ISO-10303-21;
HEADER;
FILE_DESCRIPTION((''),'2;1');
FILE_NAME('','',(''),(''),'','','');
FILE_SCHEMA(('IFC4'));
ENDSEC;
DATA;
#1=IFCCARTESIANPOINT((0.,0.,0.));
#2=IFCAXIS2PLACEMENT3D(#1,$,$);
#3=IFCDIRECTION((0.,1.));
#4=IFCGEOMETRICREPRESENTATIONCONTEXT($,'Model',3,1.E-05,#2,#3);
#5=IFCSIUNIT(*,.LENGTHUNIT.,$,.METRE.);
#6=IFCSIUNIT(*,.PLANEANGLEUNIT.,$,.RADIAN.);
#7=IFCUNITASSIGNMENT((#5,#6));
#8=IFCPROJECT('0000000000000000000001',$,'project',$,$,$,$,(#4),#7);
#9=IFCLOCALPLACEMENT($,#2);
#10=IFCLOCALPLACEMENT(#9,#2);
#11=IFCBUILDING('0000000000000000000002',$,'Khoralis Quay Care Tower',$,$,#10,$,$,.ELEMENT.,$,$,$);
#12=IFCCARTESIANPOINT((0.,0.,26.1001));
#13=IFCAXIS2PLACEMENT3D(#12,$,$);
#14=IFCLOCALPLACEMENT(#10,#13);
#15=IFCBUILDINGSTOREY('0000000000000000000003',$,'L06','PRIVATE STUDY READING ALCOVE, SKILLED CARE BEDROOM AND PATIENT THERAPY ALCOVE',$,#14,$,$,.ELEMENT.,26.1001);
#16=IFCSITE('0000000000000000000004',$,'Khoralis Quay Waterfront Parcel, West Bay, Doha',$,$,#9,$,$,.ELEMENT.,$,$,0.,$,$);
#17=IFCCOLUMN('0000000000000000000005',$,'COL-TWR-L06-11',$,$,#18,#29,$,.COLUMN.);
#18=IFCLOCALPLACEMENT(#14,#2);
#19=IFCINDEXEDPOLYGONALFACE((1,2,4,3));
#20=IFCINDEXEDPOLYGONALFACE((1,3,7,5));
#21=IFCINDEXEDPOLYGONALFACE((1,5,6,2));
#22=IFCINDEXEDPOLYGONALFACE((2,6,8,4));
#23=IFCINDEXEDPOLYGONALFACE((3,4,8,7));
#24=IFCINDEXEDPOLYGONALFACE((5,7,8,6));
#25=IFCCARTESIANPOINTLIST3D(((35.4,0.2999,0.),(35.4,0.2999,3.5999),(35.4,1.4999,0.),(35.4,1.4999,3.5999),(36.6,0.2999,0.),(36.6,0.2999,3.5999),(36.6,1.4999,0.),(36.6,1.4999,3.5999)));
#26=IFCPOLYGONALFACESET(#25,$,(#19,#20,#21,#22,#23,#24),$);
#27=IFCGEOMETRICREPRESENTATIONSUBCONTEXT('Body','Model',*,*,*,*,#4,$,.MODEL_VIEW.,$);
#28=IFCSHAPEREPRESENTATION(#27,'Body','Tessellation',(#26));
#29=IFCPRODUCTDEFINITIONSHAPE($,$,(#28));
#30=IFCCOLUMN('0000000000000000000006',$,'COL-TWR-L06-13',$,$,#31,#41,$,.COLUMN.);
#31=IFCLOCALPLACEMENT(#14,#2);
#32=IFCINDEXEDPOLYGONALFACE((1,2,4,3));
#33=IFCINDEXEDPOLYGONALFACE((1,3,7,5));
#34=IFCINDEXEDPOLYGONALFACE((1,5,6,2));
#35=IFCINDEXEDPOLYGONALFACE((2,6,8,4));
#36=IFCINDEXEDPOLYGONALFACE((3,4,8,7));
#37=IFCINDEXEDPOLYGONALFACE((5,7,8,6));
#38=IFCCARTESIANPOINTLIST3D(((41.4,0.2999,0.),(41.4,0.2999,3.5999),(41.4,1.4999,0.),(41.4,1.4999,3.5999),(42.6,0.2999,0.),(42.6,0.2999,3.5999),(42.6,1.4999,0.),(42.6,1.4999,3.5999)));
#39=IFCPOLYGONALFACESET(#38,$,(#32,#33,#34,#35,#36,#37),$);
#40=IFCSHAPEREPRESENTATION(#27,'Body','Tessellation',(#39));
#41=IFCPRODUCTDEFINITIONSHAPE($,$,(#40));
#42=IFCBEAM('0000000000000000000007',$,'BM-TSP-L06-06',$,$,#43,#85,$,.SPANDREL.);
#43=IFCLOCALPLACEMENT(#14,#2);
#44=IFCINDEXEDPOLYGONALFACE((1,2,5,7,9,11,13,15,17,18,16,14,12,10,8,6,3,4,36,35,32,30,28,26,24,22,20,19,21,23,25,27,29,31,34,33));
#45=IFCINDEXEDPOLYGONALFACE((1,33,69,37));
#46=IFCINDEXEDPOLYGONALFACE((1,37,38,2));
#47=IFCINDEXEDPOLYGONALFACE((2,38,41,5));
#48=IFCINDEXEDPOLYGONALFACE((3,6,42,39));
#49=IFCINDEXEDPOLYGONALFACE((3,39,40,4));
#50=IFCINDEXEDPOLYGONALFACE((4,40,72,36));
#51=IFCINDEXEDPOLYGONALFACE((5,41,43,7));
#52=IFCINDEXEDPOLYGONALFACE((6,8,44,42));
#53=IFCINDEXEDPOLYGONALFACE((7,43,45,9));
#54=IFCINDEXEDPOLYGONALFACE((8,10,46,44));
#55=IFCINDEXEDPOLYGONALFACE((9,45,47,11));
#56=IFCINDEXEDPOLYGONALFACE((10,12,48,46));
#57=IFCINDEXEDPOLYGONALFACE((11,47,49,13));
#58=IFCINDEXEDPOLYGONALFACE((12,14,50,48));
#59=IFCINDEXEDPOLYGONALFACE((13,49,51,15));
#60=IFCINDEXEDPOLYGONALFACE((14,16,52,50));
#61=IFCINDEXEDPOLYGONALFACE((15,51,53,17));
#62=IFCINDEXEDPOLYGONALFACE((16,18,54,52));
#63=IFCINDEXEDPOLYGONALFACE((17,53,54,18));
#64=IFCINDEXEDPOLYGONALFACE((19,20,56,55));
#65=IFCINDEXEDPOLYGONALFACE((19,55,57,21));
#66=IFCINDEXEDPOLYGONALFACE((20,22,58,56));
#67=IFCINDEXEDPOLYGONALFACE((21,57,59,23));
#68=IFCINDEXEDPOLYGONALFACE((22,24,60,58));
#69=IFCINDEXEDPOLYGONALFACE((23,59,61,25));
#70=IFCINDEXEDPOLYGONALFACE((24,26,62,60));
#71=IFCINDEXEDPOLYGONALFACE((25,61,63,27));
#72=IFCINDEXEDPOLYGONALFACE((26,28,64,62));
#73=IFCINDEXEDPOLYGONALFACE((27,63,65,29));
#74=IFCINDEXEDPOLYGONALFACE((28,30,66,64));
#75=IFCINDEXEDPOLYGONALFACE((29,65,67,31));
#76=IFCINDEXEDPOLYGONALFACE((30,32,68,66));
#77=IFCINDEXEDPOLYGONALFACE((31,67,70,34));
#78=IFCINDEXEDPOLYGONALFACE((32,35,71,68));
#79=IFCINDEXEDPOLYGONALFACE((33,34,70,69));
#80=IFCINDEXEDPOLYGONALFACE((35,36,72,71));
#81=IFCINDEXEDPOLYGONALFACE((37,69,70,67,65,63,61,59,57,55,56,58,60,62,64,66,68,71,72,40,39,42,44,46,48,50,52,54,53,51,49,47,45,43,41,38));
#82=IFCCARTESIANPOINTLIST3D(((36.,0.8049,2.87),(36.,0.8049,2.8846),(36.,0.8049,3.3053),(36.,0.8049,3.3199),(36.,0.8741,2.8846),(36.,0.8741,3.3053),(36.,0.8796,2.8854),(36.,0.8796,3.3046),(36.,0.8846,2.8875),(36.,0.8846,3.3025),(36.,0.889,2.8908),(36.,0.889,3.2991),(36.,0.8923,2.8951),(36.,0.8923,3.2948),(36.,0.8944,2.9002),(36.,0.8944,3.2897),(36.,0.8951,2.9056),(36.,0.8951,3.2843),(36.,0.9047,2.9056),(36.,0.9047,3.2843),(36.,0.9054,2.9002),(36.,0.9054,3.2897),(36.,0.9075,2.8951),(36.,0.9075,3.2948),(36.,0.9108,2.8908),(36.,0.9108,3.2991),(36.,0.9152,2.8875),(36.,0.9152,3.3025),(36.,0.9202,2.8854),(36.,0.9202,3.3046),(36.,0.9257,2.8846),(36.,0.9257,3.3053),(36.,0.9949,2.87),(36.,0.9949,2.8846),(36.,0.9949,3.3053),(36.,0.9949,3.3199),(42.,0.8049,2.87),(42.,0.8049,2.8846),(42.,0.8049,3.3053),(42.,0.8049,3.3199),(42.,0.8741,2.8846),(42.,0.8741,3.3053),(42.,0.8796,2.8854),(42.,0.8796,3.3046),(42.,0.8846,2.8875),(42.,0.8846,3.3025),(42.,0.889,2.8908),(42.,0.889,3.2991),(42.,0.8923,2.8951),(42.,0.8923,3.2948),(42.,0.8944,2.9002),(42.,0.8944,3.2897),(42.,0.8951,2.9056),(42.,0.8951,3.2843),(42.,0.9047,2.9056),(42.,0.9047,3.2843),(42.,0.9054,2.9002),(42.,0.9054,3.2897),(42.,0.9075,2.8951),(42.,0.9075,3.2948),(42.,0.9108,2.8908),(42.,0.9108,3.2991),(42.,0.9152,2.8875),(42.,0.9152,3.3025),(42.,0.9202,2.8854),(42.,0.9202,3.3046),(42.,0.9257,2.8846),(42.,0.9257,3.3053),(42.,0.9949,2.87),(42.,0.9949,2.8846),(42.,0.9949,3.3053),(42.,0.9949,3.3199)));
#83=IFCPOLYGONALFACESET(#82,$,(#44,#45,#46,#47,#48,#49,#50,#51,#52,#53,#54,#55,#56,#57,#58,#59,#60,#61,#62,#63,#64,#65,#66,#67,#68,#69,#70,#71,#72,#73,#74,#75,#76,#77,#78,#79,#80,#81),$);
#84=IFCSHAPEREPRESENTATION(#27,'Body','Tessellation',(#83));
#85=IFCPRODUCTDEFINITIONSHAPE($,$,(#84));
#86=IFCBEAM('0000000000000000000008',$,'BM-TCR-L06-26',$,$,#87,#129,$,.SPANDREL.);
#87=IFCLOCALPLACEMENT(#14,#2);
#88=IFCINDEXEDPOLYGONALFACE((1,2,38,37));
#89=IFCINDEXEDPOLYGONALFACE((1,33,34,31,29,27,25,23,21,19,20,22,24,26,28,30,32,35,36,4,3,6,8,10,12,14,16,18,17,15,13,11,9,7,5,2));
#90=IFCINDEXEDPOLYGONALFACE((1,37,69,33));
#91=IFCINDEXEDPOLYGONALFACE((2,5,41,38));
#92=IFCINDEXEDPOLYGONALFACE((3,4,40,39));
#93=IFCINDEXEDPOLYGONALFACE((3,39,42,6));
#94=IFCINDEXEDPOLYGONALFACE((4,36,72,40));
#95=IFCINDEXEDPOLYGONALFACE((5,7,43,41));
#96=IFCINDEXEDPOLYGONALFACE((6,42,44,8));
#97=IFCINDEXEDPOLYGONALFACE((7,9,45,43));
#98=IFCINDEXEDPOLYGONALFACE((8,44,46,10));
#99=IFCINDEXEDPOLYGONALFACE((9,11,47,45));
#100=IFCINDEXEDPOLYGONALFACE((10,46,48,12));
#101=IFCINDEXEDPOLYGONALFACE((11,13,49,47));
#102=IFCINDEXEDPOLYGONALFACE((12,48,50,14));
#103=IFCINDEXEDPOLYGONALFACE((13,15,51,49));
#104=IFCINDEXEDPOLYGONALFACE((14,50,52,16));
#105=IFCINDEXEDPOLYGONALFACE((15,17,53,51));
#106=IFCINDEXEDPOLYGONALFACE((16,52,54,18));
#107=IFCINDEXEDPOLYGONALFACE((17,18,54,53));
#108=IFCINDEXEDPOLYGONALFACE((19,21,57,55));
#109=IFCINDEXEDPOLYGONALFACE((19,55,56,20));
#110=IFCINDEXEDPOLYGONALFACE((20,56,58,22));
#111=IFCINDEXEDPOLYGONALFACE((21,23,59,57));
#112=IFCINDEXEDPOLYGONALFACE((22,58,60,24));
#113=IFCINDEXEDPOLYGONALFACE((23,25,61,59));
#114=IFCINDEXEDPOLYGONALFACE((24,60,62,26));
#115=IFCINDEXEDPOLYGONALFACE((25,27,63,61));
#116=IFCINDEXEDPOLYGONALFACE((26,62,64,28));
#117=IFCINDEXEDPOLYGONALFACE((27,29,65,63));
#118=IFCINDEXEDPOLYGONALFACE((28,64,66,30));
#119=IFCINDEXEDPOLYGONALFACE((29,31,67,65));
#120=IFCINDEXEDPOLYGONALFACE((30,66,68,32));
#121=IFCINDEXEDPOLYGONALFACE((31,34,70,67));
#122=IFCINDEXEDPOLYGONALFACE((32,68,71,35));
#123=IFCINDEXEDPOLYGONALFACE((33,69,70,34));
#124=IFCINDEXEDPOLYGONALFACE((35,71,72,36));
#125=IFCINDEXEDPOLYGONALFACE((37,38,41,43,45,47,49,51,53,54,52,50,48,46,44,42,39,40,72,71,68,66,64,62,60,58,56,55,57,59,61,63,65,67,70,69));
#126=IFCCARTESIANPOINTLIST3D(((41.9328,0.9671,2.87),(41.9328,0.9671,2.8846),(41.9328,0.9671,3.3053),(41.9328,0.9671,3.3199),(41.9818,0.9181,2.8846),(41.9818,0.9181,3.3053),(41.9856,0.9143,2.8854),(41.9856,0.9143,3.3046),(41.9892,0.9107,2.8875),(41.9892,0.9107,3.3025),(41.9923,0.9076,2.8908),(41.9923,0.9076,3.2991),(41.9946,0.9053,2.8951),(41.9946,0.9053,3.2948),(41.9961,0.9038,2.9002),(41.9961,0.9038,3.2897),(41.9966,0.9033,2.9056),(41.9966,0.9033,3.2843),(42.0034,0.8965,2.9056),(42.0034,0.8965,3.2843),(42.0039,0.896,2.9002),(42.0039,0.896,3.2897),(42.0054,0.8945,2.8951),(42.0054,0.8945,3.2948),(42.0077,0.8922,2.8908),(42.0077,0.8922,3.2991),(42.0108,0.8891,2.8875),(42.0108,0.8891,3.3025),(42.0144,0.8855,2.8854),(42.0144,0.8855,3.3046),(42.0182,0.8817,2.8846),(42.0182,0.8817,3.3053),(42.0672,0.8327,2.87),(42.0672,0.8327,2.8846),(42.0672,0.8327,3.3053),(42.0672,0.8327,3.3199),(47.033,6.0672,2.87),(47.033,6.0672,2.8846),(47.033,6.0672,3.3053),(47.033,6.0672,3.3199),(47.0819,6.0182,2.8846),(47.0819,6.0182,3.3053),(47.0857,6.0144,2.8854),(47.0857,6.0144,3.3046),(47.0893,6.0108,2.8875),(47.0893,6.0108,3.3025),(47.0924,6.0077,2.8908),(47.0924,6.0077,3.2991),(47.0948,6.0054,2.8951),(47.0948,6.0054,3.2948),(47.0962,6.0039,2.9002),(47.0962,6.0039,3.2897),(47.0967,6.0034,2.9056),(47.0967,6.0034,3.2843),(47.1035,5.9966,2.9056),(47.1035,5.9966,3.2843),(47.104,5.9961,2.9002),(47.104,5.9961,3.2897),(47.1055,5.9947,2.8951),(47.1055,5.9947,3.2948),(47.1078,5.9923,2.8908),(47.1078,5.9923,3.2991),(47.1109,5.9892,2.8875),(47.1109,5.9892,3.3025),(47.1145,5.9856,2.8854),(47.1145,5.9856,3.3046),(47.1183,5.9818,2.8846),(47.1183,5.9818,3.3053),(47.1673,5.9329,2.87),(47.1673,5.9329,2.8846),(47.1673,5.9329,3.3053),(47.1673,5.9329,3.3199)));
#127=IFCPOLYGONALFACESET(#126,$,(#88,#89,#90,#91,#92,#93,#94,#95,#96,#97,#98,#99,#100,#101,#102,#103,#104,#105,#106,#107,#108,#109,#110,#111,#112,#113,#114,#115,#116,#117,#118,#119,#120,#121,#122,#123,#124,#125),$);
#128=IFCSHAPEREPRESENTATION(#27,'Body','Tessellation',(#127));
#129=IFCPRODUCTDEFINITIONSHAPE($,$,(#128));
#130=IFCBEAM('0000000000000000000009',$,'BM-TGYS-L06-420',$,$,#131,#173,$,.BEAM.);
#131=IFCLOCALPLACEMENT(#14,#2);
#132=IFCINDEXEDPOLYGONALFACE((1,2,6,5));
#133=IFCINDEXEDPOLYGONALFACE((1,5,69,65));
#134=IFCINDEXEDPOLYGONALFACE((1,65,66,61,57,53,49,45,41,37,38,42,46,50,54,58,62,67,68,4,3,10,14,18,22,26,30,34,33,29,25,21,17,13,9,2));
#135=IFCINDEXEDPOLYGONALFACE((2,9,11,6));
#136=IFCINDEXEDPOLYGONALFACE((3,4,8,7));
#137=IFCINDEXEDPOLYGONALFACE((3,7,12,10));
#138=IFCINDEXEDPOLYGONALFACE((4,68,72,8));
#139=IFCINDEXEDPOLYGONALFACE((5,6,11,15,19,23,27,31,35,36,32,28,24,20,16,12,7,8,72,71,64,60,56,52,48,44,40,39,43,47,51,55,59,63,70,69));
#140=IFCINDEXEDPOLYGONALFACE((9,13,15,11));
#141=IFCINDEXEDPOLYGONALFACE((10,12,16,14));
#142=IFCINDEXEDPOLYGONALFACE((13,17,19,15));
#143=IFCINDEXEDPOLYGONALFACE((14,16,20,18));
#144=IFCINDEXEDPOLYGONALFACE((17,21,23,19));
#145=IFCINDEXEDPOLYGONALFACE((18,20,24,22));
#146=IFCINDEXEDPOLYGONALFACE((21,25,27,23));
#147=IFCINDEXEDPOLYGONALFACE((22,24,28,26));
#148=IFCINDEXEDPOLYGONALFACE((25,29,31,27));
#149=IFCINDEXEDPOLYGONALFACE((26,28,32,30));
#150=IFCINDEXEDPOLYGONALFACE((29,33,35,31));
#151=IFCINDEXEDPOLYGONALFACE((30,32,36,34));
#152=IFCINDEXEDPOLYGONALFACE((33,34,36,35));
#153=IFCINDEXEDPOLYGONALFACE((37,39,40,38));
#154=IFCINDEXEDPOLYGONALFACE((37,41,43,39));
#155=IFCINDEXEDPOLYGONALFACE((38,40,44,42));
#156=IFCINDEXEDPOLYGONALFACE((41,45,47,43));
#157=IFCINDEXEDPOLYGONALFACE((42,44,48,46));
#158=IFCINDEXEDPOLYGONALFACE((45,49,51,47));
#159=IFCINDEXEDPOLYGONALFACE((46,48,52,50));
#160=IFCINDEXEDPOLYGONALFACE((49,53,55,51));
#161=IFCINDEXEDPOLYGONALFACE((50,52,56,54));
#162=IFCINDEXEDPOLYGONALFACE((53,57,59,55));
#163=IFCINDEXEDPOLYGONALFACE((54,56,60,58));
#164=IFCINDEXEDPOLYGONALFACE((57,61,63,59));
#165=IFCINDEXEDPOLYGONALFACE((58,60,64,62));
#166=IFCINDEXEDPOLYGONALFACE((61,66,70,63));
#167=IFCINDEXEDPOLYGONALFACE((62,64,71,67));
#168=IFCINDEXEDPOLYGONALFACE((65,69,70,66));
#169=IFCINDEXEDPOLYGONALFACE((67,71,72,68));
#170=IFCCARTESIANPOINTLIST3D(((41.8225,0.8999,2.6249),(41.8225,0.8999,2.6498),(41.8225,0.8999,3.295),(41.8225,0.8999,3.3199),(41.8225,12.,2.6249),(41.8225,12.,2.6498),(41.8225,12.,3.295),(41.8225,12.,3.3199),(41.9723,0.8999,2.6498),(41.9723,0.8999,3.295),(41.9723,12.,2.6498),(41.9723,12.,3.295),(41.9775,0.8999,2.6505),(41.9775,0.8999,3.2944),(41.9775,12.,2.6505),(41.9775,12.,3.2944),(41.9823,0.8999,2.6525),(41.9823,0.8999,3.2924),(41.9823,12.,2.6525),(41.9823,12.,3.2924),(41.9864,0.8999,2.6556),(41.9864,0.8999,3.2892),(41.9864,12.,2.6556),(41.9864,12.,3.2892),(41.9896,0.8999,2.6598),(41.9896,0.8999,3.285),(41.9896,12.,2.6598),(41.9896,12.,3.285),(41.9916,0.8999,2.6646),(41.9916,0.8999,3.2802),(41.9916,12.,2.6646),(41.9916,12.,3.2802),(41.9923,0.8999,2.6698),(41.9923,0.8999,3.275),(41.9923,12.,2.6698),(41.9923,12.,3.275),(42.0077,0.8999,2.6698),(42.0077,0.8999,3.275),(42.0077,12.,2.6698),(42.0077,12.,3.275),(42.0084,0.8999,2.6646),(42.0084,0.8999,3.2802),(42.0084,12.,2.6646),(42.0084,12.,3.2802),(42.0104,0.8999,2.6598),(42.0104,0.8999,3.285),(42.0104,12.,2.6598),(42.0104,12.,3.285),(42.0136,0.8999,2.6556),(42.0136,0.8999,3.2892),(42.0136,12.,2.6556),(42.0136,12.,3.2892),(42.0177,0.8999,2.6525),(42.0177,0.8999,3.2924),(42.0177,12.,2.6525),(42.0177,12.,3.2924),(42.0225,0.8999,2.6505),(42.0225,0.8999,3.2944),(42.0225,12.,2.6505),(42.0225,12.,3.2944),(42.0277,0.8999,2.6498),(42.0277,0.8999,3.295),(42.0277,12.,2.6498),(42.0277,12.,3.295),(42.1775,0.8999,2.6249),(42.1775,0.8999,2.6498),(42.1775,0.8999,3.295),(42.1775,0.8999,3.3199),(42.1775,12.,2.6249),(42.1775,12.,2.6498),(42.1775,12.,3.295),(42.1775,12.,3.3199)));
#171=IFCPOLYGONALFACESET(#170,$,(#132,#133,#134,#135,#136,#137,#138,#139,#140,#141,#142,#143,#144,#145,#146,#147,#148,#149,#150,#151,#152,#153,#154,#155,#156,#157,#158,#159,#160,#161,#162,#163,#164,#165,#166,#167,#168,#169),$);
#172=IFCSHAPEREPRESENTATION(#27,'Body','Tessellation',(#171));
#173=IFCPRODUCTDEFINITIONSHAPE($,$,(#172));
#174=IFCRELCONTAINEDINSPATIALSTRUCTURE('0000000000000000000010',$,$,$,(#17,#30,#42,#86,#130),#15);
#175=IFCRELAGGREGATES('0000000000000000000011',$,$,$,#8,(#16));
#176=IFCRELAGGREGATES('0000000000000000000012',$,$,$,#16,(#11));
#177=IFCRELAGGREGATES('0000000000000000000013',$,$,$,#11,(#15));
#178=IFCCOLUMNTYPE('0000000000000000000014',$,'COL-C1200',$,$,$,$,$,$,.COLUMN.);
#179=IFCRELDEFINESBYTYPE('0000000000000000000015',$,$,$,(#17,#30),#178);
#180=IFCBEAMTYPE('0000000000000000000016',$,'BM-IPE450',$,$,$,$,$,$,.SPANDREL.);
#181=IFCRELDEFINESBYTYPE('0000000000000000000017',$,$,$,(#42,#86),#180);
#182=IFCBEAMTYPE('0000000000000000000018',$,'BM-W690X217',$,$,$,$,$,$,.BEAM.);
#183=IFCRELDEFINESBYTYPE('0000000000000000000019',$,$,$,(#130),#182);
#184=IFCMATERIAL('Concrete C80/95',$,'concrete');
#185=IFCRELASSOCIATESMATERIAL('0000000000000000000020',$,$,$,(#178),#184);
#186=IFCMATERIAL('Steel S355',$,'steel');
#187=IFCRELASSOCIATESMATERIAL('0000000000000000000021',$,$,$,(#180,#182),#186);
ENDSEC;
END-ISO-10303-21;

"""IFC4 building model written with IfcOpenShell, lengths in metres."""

from ifc_helpers import new_model, si_unit, direction, frame, origin, origin_2d, place, context, subcontext, project, spatial, rectangle, i_section, extrude, source, transform, mapped, material, material_profile, profile_set, type_object, element, save


model = new_model("IFC4")

# Units and contexts
model_context = context("Model", 3, precision=1e-05, world=origin(), true_north=direction((0.0, 1.0)))
body_context = subcontext(model_context, "Body", "Model", "MODEL_VIEW")
ifc_project = project(units=[si_unit("LENGTHUNIT", "METRE"), si_unit("PLANEANGLEUNIT", "RADIAN")], contexts=[model_context])

# Site, building, storey
site_placement = place(None, origin())
site = spatial("IfcSite", under=ifc_project, at=site_placement, Name="Khoralis Quay Waterfront Parcel, West Bay, Doha", CompositionType="ELEMENT", RefElevation=0.0)
building_placement = place(site_placement, origin())
building = spatial("IfcBuilding", under=site, at=building_placement, Name="Khoralis Quay Care Tower", CompositionType="ELEMENT")
storey_placement = place(building_placement, frame((0.0, 0.0, 26.1001)))
storey = spatial("IfcBuildingStorey", under=building, at=storey_placement, Name="L06", Description="PRIVATE STUDY READING ALCOVE, SKILLED CARE BEDROOM AND PATIENT THERAPY ALCOVE", CompositionType="ELEMENT", Elevation=26.1001)

# Columns
ifc_material_1 = material(Name="Concrete C80/95", Category="concrete")
ifc_material_profile_1 = material_profile(ifc_material_1, rectangle(XDim=1.2, YDim=1.2, at=origin_2d()), Name="Concrete C80/95")
ifc_profile_set_1 = profile_set([ifc_material_profile_1], Name="Concrete C80/95")
column_type = type_object("IfcColumnType", Name="COL-C1200", PredefinedType="COLUMN", material=ifc_profile_set_1)
shared_shape_1 = source(origin(), body_context, "Body", "SweptSolid", [
    extrude(rectangle(XDim=1.2, YDim=1.2, at=origin_2d()), origin(), (0.0, 0.0, 1.0), 3.5999),
])
for number, where, z_axis, x_axis, name in (
    (1, (36.0, 0.8999, 0.0), (0.0, 0.0, 1.0), (1.0, 0.0, 0.0), "COL-TWR-L06-11"),
    (2, (42.0, 0.8999, 0.0), (0.0, 0.0, 1.0), (1.0, 0.0, 0.0), "COL-TWR-L06-13"),
):
    element("IfcColumn", number, at=place(storey_placement, frame(where, z_axis=z_axis, x_axis=x_axis)), inside=storey, type_object=column_type, Name=name, PredefinedType="COLUMN", context=body_context, shape_type="MappedRepresentation", body=[
        mapped(shared_shape_1, transform((0.0, 0.0, 0.0), scale=1.0)),
    ])

# Beams
ifc_material_2 = material(Name="Steel S355", Category="steel")
ifc_material_profile_2 = material_profile(ifc_material_2, i_section(OverallWidth=0.1899, OverallDepth=0.45, WebThickness=0.0095, FlangeThickness=0.0146, FilletRadius=0.021, at=origin_2d()), Name="Steel S355")
ifc_profile_set_2 = profile_set([ifc_material_profile_2], Name="Steel S355")
beam_type_1 = type_object("IfcBeamType", Name="BM-IPE450", PredefinedType="SPANDREL", material=ifc_profile_set_2)
shared_shape_2 = source(origin(), body_context, "Body", "SweptSolid", [
    extrude(i_section(OverallWidth=0.1899, OverallDepth=0.45, WebThickness=0.0095, FlangeThickness=0.0146, FilletRadius=0.021, at=origin_2d()), origin(), (0.0, 0.0, 1.0), 6.0),
])
beam_1_placement = place(storey_placement, frame((36.0, 0.8999, 3.095), z_axis=(1.0, 0.0, 0.0), x_axis=(0.0, 1.0, 0.0)))
element("IfcBeam", 3, at=beam_1_placement, inside=storey, type_object=beam_type_1, Name="BM-TSP-L06-06", PredefinedType="SPANDREL", context=body_context, shape_type="MappedRepresentation", body=[
    mapped(shared_shape_2, transform((0.0, 0.0, 0.0), scale=1.0)),
])
shared_shape_3 = source(origin(), body_context, "Body", "SweptSolid", [
    extrude(i_section(OverallWidth=0.1899, OverallDepth=0.45, WebThickness=0.0095, FlangeThickness=0.0146, FilletRadius=0.021, at=origin_2d()), origin(), (0.0, 0.0, 1.0), 7.2126),
])
beam_2_placement = place(storey_placement, frame((42.0, 0.8999, 3.095), z_axis=(0.707107, 0.707107, 0.0), x_axis=(-0.707107, 0.707107, 0.0)))
element("IfcBeam", 4, at=beam_2_placement, inside=storey, type_object=beam_type_1, Name="BM-TCR-L06-26", PredefinedType="SPANDREL", context=body_context, shape_type="MappedRepresentation", body=[
    mapped(shared_shape_3, transform((0.0, 0.0, 0.0), scale=1.0)),
])
ifc_material_profile_3 = material_profile(ifc_material_2, i_section(OverallWidth=0.355, OverallDepth=0.6951, WebThickness=0.0154, FlangeThickness=0.0249, FilletRadius=0.02, at=origin_2d()), Name="Steel S355")
ifc_profile_set_3 = profile_set([ifc_material_profile_3], Name="Steel S355")
beam_type_2 = type_object("IfcBeamType", Name="BM-W690X217", PredefinedType="BEAM", material=ifc_profile_set_3)
shared_shape_4 = source(origin(), body_context, "Body", "SweptSolid", [
    extrude(i_section(OverallWidth=0.355, OverallDepth=0.6951, WebThickness=0.0154, FlangeThickness=0.0249, FilletRadius=0.02, at=origin_2d()), origin(), (0.0, 0.0, 1.0), 11.1001),
])
beam_3_placement = place(storey_placement, frame((42.0, 0.8999, 2.9724), z_axis=(0.0, 1.0, 0.0), x_axis=(-1.0, 0.0, 0.0)))
element("IfcBeam", 5, at=beam_3_placement, inside=storey, type_object=beam_type_2, Name="BM-TGYS-L06-420", PredefinedType="BEAM", context=body_context, shape_type="MappedRepresentation", body=[
    mapped(shared_shape_4, transform((0.0, 0.0, 0.0), scale=1.0)),
])

save(model, "model.ifc")
